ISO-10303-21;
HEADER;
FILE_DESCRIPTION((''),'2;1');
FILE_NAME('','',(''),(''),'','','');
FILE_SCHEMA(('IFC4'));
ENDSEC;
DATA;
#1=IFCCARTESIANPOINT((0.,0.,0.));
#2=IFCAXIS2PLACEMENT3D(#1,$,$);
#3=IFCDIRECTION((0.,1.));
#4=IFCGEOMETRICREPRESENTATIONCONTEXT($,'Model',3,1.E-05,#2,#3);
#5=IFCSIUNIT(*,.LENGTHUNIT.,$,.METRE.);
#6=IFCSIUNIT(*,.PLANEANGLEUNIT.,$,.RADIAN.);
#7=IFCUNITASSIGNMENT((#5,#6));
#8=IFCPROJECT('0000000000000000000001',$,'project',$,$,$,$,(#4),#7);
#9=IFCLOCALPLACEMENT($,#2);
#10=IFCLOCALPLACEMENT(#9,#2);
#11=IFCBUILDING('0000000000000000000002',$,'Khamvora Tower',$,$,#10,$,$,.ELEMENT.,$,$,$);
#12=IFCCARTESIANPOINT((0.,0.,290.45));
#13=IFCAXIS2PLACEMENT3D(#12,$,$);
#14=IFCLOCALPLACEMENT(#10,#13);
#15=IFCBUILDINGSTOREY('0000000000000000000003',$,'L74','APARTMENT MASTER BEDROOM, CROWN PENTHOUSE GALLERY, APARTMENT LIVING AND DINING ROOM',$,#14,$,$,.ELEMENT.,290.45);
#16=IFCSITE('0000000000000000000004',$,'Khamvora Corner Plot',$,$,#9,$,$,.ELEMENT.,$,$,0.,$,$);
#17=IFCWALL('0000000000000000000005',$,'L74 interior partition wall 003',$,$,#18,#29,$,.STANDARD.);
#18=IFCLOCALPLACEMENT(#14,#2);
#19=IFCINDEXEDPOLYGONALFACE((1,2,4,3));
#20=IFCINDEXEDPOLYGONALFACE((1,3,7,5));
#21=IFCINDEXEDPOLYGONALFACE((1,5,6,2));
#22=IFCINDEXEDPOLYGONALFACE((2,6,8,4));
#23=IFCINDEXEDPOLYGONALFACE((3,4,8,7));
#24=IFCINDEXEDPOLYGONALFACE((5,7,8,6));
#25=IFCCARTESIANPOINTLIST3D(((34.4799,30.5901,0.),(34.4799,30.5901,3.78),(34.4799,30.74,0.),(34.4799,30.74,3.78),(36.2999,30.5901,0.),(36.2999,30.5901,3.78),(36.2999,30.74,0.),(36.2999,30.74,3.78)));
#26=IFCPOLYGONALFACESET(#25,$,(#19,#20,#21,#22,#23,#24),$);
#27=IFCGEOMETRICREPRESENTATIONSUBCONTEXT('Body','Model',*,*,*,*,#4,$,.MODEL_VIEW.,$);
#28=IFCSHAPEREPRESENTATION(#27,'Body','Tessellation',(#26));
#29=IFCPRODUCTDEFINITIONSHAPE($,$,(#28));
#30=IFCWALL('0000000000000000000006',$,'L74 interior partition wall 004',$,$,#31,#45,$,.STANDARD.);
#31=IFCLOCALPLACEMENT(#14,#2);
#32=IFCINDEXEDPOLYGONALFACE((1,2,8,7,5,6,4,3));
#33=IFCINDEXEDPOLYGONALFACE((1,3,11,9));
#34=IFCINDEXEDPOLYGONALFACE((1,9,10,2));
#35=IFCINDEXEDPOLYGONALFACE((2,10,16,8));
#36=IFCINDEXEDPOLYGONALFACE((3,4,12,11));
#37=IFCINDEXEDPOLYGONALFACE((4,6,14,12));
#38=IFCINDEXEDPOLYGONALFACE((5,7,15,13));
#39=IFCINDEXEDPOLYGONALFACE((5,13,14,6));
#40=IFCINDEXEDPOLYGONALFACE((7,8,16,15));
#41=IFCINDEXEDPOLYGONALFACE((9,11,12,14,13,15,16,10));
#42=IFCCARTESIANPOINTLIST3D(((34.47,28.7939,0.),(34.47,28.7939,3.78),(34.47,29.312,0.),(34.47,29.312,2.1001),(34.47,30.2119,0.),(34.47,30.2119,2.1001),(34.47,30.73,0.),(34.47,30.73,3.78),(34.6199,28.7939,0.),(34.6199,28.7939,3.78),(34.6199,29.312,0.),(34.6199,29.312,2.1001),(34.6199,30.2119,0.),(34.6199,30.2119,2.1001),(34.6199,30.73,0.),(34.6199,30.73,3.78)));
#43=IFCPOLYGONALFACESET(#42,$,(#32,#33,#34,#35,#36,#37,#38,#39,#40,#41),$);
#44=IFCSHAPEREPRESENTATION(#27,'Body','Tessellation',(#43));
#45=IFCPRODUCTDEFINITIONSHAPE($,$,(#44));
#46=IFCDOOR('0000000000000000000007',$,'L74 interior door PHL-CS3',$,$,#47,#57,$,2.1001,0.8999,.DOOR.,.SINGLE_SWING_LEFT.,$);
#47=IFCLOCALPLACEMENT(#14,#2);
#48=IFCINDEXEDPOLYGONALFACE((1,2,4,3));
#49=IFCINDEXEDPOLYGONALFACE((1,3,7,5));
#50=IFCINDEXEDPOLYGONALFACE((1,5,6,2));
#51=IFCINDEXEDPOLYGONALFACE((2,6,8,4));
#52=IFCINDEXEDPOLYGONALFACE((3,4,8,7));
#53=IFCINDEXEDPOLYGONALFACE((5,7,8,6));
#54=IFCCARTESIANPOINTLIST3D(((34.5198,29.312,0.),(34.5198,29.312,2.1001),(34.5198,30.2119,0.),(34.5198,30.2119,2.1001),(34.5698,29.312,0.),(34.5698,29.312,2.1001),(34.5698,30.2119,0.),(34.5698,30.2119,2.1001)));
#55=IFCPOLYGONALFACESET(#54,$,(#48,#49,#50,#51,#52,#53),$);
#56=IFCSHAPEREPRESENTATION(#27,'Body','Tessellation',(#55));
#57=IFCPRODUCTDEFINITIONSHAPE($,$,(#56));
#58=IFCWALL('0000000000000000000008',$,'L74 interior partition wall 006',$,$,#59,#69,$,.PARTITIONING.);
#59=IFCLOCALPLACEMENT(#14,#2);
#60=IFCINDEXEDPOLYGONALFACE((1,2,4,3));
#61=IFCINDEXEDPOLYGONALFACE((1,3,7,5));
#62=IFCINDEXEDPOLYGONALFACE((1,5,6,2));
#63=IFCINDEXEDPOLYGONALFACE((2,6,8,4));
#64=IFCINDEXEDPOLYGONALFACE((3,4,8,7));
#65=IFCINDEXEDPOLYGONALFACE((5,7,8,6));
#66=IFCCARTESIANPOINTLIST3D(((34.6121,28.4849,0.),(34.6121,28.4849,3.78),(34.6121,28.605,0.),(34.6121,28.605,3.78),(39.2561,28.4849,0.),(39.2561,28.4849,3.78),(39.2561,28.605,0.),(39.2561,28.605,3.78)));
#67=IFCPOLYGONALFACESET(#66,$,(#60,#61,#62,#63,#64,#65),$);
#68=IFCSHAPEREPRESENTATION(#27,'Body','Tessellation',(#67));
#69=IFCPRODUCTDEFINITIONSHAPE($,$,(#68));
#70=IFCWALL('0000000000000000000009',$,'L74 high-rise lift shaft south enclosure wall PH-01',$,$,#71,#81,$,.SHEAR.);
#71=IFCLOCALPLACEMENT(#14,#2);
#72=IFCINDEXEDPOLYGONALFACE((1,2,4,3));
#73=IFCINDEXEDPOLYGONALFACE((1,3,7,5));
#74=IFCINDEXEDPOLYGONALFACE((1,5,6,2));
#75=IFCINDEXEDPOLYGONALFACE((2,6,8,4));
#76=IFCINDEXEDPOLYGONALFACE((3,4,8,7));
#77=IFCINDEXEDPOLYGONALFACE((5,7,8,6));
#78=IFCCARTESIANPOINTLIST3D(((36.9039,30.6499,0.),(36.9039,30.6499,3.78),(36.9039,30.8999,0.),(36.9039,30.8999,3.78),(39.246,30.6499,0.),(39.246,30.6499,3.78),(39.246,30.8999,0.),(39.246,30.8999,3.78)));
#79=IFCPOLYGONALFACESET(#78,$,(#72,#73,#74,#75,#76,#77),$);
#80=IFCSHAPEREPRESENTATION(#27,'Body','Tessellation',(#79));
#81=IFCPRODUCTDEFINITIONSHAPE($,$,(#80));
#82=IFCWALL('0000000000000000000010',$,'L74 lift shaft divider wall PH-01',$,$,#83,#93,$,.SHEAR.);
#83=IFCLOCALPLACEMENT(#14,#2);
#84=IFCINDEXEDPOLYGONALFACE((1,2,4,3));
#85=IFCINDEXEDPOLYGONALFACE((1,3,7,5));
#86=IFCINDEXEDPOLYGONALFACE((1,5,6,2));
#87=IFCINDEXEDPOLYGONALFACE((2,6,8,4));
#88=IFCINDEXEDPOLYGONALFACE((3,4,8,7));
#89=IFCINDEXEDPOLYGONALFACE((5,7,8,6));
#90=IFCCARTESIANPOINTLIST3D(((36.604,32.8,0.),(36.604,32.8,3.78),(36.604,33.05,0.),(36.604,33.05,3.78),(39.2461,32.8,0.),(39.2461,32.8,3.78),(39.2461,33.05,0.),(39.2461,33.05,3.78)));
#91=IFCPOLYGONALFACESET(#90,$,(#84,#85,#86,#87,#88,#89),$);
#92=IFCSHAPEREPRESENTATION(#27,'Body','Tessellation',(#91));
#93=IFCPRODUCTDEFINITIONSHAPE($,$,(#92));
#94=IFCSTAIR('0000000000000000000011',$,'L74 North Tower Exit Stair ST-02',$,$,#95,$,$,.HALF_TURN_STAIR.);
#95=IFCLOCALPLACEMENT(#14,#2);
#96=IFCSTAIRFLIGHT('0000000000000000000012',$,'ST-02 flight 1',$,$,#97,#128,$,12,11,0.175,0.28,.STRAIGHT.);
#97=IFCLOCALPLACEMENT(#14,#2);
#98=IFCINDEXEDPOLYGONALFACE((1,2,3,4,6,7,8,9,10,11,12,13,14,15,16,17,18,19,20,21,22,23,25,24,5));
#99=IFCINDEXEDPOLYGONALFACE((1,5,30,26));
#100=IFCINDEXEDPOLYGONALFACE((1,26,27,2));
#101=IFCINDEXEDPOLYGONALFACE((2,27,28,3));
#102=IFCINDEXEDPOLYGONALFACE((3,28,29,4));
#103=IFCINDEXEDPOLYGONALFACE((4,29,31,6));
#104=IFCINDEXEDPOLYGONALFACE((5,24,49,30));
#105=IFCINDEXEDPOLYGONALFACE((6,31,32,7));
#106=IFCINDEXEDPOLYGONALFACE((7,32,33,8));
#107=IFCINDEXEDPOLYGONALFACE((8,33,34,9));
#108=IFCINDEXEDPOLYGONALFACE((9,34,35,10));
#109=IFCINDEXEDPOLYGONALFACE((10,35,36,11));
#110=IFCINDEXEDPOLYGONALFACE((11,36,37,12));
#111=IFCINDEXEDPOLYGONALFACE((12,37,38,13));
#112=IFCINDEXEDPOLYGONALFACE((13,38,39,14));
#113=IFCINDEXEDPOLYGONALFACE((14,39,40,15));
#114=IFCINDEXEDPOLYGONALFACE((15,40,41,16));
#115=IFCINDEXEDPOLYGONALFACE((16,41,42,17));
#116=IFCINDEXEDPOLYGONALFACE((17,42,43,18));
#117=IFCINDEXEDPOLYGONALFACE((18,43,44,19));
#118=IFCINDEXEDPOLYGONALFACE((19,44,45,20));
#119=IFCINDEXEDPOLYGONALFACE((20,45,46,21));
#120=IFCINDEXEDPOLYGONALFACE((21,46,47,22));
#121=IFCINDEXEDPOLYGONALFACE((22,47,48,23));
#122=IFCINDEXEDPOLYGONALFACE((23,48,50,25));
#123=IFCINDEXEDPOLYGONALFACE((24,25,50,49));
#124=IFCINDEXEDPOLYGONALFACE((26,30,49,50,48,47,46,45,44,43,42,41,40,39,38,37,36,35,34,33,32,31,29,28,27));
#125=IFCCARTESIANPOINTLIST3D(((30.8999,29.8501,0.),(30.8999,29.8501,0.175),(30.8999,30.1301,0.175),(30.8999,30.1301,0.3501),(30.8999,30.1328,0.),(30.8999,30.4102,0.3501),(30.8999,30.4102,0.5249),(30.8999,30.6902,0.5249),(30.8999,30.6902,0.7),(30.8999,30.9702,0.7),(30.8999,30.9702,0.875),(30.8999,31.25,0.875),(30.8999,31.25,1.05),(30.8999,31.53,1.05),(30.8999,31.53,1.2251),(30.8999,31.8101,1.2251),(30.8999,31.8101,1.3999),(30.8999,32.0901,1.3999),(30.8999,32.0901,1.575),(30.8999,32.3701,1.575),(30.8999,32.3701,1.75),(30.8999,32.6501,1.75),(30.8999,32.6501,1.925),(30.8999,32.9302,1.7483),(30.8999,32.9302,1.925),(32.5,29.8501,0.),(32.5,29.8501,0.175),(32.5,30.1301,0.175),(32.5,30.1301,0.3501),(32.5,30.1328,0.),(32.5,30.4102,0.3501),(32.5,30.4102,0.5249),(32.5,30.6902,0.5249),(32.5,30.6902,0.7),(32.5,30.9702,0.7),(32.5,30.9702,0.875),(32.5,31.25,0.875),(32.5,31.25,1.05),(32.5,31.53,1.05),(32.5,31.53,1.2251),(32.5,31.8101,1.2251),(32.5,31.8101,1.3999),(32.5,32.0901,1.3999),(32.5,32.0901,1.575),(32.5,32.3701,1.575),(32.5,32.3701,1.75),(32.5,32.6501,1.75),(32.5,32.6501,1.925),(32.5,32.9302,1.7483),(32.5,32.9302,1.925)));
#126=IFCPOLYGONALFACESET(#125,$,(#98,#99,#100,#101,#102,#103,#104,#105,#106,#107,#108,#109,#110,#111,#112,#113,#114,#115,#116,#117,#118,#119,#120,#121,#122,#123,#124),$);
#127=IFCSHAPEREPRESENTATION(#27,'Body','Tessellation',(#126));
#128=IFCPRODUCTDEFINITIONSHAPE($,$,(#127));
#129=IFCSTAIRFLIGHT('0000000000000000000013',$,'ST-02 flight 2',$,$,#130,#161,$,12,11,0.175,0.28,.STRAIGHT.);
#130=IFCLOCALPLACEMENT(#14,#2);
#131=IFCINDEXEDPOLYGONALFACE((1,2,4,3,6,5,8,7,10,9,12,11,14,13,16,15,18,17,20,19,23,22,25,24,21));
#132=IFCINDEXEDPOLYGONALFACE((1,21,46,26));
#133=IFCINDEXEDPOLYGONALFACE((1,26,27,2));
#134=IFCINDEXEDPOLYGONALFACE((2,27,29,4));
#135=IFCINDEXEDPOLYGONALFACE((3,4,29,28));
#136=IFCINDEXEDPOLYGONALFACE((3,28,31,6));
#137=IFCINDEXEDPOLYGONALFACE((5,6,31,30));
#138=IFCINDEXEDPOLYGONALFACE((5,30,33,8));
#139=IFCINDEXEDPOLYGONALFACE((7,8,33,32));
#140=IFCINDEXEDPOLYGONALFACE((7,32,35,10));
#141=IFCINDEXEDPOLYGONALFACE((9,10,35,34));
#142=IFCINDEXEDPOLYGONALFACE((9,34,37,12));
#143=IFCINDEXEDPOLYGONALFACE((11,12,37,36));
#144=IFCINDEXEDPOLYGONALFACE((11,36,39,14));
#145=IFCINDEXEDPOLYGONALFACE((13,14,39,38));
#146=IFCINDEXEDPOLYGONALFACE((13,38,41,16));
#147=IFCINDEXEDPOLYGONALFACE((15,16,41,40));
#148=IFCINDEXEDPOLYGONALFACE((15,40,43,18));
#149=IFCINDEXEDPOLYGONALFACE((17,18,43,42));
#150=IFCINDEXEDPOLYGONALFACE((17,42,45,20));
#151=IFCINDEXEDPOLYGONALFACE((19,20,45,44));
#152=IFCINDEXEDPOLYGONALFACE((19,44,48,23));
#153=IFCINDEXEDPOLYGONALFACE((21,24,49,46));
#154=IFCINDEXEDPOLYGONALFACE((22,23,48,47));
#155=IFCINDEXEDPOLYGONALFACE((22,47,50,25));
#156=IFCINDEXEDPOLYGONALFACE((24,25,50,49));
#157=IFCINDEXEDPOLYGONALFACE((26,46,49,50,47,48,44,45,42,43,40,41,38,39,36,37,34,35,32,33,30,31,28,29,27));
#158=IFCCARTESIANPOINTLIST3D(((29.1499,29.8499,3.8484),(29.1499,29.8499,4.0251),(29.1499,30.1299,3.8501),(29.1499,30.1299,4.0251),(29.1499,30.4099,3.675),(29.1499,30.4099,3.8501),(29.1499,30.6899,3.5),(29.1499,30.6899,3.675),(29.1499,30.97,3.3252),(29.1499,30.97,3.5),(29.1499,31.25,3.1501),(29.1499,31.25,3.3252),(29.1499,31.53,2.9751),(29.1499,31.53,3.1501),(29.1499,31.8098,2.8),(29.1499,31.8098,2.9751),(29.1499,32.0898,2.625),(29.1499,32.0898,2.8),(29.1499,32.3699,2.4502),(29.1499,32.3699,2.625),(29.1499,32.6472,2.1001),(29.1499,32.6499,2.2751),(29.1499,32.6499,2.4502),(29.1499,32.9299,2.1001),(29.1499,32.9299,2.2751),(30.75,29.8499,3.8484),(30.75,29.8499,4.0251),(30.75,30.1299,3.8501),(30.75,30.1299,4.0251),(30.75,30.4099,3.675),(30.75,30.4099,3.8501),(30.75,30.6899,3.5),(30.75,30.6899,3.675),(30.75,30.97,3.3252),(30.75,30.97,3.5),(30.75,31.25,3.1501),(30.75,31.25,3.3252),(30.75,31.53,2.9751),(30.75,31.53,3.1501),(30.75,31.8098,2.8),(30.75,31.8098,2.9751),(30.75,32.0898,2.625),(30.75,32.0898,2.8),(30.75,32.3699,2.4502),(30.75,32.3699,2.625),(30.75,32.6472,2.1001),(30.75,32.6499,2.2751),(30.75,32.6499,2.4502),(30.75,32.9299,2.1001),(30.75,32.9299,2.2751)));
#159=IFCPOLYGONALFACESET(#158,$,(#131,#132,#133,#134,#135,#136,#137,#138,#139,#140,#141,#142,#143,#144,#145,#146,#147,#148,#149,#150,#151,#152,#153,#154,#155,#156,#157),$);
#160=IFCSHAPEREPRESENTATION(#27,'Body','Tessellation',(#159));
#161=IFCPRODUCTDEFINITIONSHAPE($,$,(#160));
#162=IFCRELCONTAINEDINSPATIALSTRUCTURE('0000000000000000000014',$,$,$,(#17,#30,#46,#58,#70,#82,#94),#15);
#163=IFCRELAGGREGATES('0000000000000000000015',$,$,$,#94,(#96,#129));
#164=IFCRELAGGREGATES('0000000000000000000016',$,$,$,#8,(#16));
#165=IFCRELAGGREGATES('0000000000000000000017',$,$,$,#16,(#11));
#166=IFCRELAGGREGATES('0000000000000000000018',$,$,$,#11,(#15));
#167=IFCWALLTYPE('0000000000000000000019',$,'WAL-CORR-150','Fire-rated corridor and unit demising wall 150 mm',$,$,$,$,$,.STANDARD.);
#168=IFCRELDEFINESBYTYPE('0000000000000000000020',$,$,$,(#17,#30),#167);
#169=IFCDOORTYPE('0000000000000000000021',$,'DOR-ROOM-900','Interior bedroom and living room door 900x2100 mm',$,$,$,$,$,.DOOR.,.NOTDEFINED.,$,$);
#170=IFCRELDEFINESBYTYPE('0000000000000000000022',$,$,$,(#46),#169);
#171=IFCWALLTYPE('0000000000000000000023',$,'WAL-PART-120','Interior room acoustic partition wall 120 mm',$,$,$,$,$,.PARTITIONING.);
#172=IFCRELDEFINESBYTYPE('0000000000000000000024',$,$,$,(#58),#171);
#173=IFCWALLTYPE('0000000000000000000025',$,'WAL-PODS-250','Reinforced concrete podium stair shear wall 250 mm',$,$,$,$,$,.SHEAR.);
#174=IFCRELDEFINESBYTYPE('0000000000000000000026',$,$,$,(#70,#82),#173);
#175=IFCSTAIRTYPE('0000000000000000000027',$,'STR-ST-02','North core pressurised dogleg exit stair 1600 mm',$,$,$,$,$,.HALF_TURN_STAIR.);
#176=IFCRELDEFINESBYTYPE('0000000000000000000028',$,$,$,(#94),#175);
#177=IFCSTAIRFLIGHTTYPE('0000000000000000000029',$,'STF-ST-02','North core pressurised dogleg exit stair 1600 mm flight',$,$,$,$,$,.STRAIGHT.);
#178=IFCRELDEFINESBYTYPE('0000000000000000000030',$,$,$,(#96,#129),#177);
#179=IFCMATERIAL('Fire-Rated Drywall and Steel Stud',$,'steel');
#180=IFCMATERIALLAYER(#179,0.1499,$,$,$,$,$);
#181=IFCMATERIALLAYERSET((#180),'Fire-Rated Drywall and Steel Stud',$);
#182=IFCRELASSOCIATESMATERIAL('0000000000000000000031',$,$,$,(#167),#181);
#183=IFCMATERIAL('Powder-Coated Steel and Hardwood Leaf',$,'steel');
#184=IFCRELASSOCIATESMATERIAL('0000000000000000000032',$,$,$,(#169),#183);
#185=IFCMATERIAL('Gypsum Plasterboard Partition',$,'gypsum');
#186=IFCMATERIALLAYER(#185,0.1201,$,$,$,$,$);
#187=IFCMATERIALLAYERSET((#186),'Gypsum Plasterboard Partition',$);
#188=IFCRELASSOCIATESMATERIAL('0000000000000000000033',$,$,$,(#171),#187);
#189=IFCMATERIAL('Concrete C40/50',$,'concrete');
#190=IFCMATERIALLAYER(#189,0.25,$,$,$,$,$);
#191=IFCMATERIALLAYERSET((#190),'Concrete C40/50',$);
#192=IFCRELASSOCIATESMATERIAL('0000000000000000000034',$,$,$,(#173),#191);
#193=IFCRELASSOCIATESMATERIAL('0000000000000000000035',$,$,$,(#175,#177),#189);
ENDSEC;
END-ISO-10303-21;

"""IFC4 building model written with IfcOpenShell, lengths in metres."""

from ifc_helpers import new_model, si_unit, direction, frame, frame_2d, origin, place, context, subcontext, project, spatial, polyline, rectangle, outline, extrude, material, layer, layer_set, type_object, element, fill, aggregate, save


model = new_model("IFC4")

# Units and contexts
model_context = context("Model", 3, precision=1e-05, world=origin(), true_north=direction((0.0, 1.0)))
body_context = subcontext(model_context, "Body", "Model", "MODEL_VIEW")
ifc_project = project(units=[si_unit("LENGTHUNIT", "METRE"), si_unit("PLANEANGLEUNIT", "RADIAN")], contexts=[model_context])

# Site, building, storey
site_placement = place(None, origin())
site = spatial("IfcSite", under=ifc_project, at=site_placement, Name="Khamvora Corner Plot", CompositionType="ELEMENT", RefElevation=0.0)
building_placement = place(site_placement, origin())
building = spatial("IfcBuilding", under=site, at=building_placement, Name="Khamvora Tower", CompositionType="ELEMENT")
storey_placement = place(building_placement, frame((0.0, 0.0, 290.45)))
storey = spatial("IfcBuildingStorey", under=building, at=storey_placement, Name="L74", Description="APARTMENT MASTER BEDROOM, CROWN PENTHOUSE GALLERY, APARTMENT LIVING AND DINING ROOM", CompositionType="ELEMENT", Elevation=290.45)

# Shared definitions
ifc_material_1 = material(Name="Powder-Coated Steel and Hardwood Leaf", Category="steel")

# Shared definitions
ifc_material_2 = material(Name="Fire-Rated Drywall and Steel Stud", Category="steel")
ifc_layer_1 = layer(ifc_material_2, 0.1499)
ifc_layer_set_1 = layer_set([ifc_layer_1], Name="Fire-Rated Drywall and Steel Stud")
wall_type_1 = type_object("IfcWallType", Name="WAL-CORR-150", Description="Fire-rated corridor and unit demising wall 150 mm", PredefinedType="STANDARD", material=ifc_layer_set_1)
door_type_1 = type_object("IfcDoorType", Name="DOR-ROOM-900", Description="Interior bedroom and living room door 900x2100 mm", OperationType="NOTDEFINED", PredefinedType="DOOR", material=ifc_material_1)

# Wall
wall_1_placement = place(storey_placement, frame((36.3, 30.665, 0.0), z_axis=(0.0, 0.0, 1.0), x_axis=(-1.0, 0.0, 0.0)))
element("IfcWall", 1, at=wall_1_placement, inside=storey, type_object=wall_type_1, Name="L74 interior partition wall 003", PredefinedType="STANDARD", context=body_context, shape_type="SweptSolid", body=[
    extrude(rectangle(XDim=1.8201, YDim=0.1499, at=frame_2d((0.9102, 0.0))), origin(), (0.0, 0.0, 1.0), 3.78),
])

# Wall, opening, door
wall_2_placement = place(storey_placement, frame((34.5449, 30.73, 0.0), z_axis=(0.0, 0.0, 1.0), x_axis=(0.0, -1.0, 0.0)))
wall_2 = element("IfcWall", 2, at=wall_2_placement, inside=storey, type_object=wall_type_1, Name="L74 interior partition wall 004", PredefinedType="STANDARD", context=body_context, shape_type="SweptSolid", body=[
    extrude(rectangle(XDim=1.936, YDim=0.1499, at=frame_2d((0.968, 0.0))), origin(), (0.0, 0.0, 1.0), 3.78),
])
opening_1_placement = place(wall_2_placement, frame((0.5181, 0.0, 0.0)))
opening_1 = element("IfcOpeningElement", 3, at=opening_1_placement, cuts=wall_2, PredefinedType="OPENING", context=body_context, shape_type="SweptSolid", body=[
    extrude(rectangle(XDim=0.8999, YDim=2.1001, at=frame_2d((0.45, 1.05))), frame((0.0, 0.085, 0.0), z_axis=(0.0, -1.0, 0.0), x_axis=(1.0, 0.0, 0.0)), (0.0, 0.0, 1.0), 0.1699),
])
door_1_placement = place(opening_1_placement, origin())
door_1 = element("IfcDoor", 4, at=door_1_placement, inside=storey, type_object=door_type_1, Name="L74 interior door PHL-CS3", OperationType="SINGLE_SWING_LEFT", OverallHeight=2.1001, OverallWidth=0.8999, PredefinedType="DOOR", context=body_context, shape_type="SweptSolid", body=[
    extrude(rectangle(XDim=0.8999, YDim=2.1001, at=frame_2d((0.45, 1.05))), frame((0.0, 0.0249, 0.0), z_axis=(0.0, -1.0, 0.0), x_axis=(1.0, 0.0, 0.0)), (0.0, 0.0, 1.0), 0.05),
])
fill(opening_1, door_1)

# Walls
ifc_material_3 = material(Name="Gypsum Plasterboard Partition", Category="gypsum")
ifc_layer_2 = layer(ifc_material_3, 0.1201)
ifc_layer_set_2 = layer_set([ifc_layer_2], Name="Gypsum Plasterboard Partition")
wall_type_2 = type_object("IfcWallType", Name="WAL-PART-120", Description="Interior room acoustic partition wall 120 mm", PredefinedType="PARTITIONING", material=ifc_layer_set_2)
wall_3_placement = place(storey_placement, frame((34.6121, 28.5449, 0.0), z_axis=(0.0, 0.0, 1.0), x_axis=(1.0, 0.0, 0.0)))
element("IfcWall", 5, at=wall_3_placement, inside=storey, type_object=wall_type_2, Name="L74 interior partition wall 006", PredefinedType="PARTITIONING", context=body_context, shape_type="SweptSolid", body=[
    extrude(rectangle(XDim=4.644, YDim=0.1201, at=frame_2d((2.322, 0.0))), origin(), (0.0, 0.0, 1.0), 3.78),
])
ifc_material_4 = material(Name="Concrete C40/50", Category="concrete")
ifc_layer_3 = layer(ifc_material_4, 0.25)
ifc_layer_set_3 = layer_set([ifc_layer_3], Name="Concrete C40/50")
wall_type_3 = type_object("IfcWallType", Name="WAL-PODS-250", Description="Reinforced concrete podium stair shear wall 250 mm", PredefinedType="SHEAR", material=ifc_layer_set_3)
wall_4_placement = place(storey_placement, frame((36.9041, 30.7749, 0.0), z_axis=(0.0, 0.0, 1.0), x_axis=(1.0, 0.0, 0.0)))
element("IfcWall", 6, at=wall_4_placement, inside=storey, type_object=wall_type_3, Name="L74 high-rise lift shaft south enclosure wall PH-01", PredefinedType="SHEAR", context=body_context, shape_type="SweptSolid", body=[
    extrude(rectangle(XDim=2.342, YDim=0.25, at=frame_2d((1.1709, 0.0))), origin(), (0.0, 0.0, 1.0), 3.78),
])
wall_5_placement = place(storey_placement, frame((36.604, 32.925, 0.0), z_axis=(0.0, 0.0, 1.0), x_axis=(1.0, 0.0, 0.0)))
element("IfcWall", 7, at=wall_5_placement, inside=storey, type_object=wall_type_3, Name="L74 lift shaft divider wall PH-01", PredefinedType="SHEAR", context=body_context, shape_type="SweptSolid", body=[
    extrude(rectangle(XDim=2.6421, YDim=0.25, at=frame_2d((1.321, 0.0))), origin(), (0.0, 0.0, 1.0), 3.78),
])

# Stair, stair flights
stair_type = type_object("IfcStairType", Name="STR-ST-02", Description="North core pressurised dogleg exit stair 1600 mm", PredefinedType="HALF_TURN_STAIR", material=ifc_material_4)
stair_placement = place(storey_placement, origin())
stair = element("IfcStair", 8, at=stair_placement, inside=storey, type_object=stair_type, Name="L74 North Tower Exit Stair ST-02", PredefinedType="HALF_TURN_STAIR")
stair_flight_type = type_object("IfcStairFlightType", Name="STF-ST-02", Description="North core pressurised dogleg exit stair 1600 mm flight", PredefinedType="STRAIGHT", material=ifc_material_4)
stair_flight_1_placement = place(storey_placement, frame((31.7, 29.8501, 0.0), z_axis=(0.0, 0.0, 1.0), x_axis=(0.0, 1.0, 0.0)))
stair_flight_1 = element("IfcStairFlight", 9, at=stair_flight_1_placement, type_object=stair_flight_type, Name="ST-02 flight 1", NumberOfRisers=12, NumberOfTreads=11, PredefinedType="STRAIGHT", RiserHeight=0.175, TreadLength=0.28, context=body_context, shape_type="SweptSolid", body=[
    extrude(outline(polyline([(0.0, 0.0), (0.0, 0.175), (0.28, 0.175), (0.28, 0.3501), (0.5601, 0.3501), (0.5601, 0.5249), (0.8401, 0.5249), (0.8401, 0.7), (1.1201, 0.7), (1.1201, 0.875), (1.3999, 0.875), (1.3999, 1.05), (1.6799, 1.05), (1.6799, 1.2251), (1.96, 1.2251), (1.96, 1.3999), (2.24, 1.3999), (2.24, 1.575), (2.52, 1.575), (2.52, 1.75), (2.8, 1.75), (2.8, 1.925), (3.0801, 1.925), (3.0801, 2.1001), (3.0801, 1.7483), (0.2827, 0.0), (0.0, 0.0)])), frame((0.0, 0.8, 0.0), z_axis=(0.0, -1.0, 0.0), x_axis=(1.0, 0.0, 0.0)), (0.0, 0.0, 1.0), 1.6001),
])
stair_flight_2_placement = place(storey_placement, frame((29.95, 32.9299, 2.1001), z_axis=(0.0, 0.0, 1.0), x_axis=(0.0, -1.0, 0.0)))
stair_flight_2 = element("IfcStairFlight", 10, at=stair_flight_2_placement, type_object=stair_flight_type, Name="ST-02 flight 2", NumberOfRisers=12, NumberOfTreads=11, PredefinedType="STRAIGHT", RiserHeight=0.175, TreadLength=0.28, context=body_context, shape_type="SweptSolid", body=[
    extrude(outline(polyline([(0.0, 0.0), (0.0, 0.175), (0.28, 0.175), (0.28, 0.3501), (0.5601, 0.3501), (0.5601, 0.5249), (0.8401, 0.5249), (0.8401, 0.7), (1.1201, 0.7), (1.1201, 0.875), (1.3999, 0.875), (1.3999, 1.05), (1.6799, 1.05), (1.6799, 1.2251), (1.96, 1.2251), (1.96, 1.3999), (2.24, 1.3999), (2.24, 1.575), (2.52, 1.575), (2.52, 1.75), (2.8, 1.75), (2.8, 1.925), (3.0801, 1.925), (3.0801, 2.1001), (3.0801, 1.7483), (0.2827, 0.0), (0.0, 0.0)])), frame((0.0, 0.8, 0.0), z_axis=(0.0, -1.0, 0.0), x_axis=(1.0, 0.0, 0.0)), (0.0, 0.0, 1.0), 1.6001),
])
aggregate(stair, [stair_flight_1, stair_flight_2])

save(model, "model.ifc")
